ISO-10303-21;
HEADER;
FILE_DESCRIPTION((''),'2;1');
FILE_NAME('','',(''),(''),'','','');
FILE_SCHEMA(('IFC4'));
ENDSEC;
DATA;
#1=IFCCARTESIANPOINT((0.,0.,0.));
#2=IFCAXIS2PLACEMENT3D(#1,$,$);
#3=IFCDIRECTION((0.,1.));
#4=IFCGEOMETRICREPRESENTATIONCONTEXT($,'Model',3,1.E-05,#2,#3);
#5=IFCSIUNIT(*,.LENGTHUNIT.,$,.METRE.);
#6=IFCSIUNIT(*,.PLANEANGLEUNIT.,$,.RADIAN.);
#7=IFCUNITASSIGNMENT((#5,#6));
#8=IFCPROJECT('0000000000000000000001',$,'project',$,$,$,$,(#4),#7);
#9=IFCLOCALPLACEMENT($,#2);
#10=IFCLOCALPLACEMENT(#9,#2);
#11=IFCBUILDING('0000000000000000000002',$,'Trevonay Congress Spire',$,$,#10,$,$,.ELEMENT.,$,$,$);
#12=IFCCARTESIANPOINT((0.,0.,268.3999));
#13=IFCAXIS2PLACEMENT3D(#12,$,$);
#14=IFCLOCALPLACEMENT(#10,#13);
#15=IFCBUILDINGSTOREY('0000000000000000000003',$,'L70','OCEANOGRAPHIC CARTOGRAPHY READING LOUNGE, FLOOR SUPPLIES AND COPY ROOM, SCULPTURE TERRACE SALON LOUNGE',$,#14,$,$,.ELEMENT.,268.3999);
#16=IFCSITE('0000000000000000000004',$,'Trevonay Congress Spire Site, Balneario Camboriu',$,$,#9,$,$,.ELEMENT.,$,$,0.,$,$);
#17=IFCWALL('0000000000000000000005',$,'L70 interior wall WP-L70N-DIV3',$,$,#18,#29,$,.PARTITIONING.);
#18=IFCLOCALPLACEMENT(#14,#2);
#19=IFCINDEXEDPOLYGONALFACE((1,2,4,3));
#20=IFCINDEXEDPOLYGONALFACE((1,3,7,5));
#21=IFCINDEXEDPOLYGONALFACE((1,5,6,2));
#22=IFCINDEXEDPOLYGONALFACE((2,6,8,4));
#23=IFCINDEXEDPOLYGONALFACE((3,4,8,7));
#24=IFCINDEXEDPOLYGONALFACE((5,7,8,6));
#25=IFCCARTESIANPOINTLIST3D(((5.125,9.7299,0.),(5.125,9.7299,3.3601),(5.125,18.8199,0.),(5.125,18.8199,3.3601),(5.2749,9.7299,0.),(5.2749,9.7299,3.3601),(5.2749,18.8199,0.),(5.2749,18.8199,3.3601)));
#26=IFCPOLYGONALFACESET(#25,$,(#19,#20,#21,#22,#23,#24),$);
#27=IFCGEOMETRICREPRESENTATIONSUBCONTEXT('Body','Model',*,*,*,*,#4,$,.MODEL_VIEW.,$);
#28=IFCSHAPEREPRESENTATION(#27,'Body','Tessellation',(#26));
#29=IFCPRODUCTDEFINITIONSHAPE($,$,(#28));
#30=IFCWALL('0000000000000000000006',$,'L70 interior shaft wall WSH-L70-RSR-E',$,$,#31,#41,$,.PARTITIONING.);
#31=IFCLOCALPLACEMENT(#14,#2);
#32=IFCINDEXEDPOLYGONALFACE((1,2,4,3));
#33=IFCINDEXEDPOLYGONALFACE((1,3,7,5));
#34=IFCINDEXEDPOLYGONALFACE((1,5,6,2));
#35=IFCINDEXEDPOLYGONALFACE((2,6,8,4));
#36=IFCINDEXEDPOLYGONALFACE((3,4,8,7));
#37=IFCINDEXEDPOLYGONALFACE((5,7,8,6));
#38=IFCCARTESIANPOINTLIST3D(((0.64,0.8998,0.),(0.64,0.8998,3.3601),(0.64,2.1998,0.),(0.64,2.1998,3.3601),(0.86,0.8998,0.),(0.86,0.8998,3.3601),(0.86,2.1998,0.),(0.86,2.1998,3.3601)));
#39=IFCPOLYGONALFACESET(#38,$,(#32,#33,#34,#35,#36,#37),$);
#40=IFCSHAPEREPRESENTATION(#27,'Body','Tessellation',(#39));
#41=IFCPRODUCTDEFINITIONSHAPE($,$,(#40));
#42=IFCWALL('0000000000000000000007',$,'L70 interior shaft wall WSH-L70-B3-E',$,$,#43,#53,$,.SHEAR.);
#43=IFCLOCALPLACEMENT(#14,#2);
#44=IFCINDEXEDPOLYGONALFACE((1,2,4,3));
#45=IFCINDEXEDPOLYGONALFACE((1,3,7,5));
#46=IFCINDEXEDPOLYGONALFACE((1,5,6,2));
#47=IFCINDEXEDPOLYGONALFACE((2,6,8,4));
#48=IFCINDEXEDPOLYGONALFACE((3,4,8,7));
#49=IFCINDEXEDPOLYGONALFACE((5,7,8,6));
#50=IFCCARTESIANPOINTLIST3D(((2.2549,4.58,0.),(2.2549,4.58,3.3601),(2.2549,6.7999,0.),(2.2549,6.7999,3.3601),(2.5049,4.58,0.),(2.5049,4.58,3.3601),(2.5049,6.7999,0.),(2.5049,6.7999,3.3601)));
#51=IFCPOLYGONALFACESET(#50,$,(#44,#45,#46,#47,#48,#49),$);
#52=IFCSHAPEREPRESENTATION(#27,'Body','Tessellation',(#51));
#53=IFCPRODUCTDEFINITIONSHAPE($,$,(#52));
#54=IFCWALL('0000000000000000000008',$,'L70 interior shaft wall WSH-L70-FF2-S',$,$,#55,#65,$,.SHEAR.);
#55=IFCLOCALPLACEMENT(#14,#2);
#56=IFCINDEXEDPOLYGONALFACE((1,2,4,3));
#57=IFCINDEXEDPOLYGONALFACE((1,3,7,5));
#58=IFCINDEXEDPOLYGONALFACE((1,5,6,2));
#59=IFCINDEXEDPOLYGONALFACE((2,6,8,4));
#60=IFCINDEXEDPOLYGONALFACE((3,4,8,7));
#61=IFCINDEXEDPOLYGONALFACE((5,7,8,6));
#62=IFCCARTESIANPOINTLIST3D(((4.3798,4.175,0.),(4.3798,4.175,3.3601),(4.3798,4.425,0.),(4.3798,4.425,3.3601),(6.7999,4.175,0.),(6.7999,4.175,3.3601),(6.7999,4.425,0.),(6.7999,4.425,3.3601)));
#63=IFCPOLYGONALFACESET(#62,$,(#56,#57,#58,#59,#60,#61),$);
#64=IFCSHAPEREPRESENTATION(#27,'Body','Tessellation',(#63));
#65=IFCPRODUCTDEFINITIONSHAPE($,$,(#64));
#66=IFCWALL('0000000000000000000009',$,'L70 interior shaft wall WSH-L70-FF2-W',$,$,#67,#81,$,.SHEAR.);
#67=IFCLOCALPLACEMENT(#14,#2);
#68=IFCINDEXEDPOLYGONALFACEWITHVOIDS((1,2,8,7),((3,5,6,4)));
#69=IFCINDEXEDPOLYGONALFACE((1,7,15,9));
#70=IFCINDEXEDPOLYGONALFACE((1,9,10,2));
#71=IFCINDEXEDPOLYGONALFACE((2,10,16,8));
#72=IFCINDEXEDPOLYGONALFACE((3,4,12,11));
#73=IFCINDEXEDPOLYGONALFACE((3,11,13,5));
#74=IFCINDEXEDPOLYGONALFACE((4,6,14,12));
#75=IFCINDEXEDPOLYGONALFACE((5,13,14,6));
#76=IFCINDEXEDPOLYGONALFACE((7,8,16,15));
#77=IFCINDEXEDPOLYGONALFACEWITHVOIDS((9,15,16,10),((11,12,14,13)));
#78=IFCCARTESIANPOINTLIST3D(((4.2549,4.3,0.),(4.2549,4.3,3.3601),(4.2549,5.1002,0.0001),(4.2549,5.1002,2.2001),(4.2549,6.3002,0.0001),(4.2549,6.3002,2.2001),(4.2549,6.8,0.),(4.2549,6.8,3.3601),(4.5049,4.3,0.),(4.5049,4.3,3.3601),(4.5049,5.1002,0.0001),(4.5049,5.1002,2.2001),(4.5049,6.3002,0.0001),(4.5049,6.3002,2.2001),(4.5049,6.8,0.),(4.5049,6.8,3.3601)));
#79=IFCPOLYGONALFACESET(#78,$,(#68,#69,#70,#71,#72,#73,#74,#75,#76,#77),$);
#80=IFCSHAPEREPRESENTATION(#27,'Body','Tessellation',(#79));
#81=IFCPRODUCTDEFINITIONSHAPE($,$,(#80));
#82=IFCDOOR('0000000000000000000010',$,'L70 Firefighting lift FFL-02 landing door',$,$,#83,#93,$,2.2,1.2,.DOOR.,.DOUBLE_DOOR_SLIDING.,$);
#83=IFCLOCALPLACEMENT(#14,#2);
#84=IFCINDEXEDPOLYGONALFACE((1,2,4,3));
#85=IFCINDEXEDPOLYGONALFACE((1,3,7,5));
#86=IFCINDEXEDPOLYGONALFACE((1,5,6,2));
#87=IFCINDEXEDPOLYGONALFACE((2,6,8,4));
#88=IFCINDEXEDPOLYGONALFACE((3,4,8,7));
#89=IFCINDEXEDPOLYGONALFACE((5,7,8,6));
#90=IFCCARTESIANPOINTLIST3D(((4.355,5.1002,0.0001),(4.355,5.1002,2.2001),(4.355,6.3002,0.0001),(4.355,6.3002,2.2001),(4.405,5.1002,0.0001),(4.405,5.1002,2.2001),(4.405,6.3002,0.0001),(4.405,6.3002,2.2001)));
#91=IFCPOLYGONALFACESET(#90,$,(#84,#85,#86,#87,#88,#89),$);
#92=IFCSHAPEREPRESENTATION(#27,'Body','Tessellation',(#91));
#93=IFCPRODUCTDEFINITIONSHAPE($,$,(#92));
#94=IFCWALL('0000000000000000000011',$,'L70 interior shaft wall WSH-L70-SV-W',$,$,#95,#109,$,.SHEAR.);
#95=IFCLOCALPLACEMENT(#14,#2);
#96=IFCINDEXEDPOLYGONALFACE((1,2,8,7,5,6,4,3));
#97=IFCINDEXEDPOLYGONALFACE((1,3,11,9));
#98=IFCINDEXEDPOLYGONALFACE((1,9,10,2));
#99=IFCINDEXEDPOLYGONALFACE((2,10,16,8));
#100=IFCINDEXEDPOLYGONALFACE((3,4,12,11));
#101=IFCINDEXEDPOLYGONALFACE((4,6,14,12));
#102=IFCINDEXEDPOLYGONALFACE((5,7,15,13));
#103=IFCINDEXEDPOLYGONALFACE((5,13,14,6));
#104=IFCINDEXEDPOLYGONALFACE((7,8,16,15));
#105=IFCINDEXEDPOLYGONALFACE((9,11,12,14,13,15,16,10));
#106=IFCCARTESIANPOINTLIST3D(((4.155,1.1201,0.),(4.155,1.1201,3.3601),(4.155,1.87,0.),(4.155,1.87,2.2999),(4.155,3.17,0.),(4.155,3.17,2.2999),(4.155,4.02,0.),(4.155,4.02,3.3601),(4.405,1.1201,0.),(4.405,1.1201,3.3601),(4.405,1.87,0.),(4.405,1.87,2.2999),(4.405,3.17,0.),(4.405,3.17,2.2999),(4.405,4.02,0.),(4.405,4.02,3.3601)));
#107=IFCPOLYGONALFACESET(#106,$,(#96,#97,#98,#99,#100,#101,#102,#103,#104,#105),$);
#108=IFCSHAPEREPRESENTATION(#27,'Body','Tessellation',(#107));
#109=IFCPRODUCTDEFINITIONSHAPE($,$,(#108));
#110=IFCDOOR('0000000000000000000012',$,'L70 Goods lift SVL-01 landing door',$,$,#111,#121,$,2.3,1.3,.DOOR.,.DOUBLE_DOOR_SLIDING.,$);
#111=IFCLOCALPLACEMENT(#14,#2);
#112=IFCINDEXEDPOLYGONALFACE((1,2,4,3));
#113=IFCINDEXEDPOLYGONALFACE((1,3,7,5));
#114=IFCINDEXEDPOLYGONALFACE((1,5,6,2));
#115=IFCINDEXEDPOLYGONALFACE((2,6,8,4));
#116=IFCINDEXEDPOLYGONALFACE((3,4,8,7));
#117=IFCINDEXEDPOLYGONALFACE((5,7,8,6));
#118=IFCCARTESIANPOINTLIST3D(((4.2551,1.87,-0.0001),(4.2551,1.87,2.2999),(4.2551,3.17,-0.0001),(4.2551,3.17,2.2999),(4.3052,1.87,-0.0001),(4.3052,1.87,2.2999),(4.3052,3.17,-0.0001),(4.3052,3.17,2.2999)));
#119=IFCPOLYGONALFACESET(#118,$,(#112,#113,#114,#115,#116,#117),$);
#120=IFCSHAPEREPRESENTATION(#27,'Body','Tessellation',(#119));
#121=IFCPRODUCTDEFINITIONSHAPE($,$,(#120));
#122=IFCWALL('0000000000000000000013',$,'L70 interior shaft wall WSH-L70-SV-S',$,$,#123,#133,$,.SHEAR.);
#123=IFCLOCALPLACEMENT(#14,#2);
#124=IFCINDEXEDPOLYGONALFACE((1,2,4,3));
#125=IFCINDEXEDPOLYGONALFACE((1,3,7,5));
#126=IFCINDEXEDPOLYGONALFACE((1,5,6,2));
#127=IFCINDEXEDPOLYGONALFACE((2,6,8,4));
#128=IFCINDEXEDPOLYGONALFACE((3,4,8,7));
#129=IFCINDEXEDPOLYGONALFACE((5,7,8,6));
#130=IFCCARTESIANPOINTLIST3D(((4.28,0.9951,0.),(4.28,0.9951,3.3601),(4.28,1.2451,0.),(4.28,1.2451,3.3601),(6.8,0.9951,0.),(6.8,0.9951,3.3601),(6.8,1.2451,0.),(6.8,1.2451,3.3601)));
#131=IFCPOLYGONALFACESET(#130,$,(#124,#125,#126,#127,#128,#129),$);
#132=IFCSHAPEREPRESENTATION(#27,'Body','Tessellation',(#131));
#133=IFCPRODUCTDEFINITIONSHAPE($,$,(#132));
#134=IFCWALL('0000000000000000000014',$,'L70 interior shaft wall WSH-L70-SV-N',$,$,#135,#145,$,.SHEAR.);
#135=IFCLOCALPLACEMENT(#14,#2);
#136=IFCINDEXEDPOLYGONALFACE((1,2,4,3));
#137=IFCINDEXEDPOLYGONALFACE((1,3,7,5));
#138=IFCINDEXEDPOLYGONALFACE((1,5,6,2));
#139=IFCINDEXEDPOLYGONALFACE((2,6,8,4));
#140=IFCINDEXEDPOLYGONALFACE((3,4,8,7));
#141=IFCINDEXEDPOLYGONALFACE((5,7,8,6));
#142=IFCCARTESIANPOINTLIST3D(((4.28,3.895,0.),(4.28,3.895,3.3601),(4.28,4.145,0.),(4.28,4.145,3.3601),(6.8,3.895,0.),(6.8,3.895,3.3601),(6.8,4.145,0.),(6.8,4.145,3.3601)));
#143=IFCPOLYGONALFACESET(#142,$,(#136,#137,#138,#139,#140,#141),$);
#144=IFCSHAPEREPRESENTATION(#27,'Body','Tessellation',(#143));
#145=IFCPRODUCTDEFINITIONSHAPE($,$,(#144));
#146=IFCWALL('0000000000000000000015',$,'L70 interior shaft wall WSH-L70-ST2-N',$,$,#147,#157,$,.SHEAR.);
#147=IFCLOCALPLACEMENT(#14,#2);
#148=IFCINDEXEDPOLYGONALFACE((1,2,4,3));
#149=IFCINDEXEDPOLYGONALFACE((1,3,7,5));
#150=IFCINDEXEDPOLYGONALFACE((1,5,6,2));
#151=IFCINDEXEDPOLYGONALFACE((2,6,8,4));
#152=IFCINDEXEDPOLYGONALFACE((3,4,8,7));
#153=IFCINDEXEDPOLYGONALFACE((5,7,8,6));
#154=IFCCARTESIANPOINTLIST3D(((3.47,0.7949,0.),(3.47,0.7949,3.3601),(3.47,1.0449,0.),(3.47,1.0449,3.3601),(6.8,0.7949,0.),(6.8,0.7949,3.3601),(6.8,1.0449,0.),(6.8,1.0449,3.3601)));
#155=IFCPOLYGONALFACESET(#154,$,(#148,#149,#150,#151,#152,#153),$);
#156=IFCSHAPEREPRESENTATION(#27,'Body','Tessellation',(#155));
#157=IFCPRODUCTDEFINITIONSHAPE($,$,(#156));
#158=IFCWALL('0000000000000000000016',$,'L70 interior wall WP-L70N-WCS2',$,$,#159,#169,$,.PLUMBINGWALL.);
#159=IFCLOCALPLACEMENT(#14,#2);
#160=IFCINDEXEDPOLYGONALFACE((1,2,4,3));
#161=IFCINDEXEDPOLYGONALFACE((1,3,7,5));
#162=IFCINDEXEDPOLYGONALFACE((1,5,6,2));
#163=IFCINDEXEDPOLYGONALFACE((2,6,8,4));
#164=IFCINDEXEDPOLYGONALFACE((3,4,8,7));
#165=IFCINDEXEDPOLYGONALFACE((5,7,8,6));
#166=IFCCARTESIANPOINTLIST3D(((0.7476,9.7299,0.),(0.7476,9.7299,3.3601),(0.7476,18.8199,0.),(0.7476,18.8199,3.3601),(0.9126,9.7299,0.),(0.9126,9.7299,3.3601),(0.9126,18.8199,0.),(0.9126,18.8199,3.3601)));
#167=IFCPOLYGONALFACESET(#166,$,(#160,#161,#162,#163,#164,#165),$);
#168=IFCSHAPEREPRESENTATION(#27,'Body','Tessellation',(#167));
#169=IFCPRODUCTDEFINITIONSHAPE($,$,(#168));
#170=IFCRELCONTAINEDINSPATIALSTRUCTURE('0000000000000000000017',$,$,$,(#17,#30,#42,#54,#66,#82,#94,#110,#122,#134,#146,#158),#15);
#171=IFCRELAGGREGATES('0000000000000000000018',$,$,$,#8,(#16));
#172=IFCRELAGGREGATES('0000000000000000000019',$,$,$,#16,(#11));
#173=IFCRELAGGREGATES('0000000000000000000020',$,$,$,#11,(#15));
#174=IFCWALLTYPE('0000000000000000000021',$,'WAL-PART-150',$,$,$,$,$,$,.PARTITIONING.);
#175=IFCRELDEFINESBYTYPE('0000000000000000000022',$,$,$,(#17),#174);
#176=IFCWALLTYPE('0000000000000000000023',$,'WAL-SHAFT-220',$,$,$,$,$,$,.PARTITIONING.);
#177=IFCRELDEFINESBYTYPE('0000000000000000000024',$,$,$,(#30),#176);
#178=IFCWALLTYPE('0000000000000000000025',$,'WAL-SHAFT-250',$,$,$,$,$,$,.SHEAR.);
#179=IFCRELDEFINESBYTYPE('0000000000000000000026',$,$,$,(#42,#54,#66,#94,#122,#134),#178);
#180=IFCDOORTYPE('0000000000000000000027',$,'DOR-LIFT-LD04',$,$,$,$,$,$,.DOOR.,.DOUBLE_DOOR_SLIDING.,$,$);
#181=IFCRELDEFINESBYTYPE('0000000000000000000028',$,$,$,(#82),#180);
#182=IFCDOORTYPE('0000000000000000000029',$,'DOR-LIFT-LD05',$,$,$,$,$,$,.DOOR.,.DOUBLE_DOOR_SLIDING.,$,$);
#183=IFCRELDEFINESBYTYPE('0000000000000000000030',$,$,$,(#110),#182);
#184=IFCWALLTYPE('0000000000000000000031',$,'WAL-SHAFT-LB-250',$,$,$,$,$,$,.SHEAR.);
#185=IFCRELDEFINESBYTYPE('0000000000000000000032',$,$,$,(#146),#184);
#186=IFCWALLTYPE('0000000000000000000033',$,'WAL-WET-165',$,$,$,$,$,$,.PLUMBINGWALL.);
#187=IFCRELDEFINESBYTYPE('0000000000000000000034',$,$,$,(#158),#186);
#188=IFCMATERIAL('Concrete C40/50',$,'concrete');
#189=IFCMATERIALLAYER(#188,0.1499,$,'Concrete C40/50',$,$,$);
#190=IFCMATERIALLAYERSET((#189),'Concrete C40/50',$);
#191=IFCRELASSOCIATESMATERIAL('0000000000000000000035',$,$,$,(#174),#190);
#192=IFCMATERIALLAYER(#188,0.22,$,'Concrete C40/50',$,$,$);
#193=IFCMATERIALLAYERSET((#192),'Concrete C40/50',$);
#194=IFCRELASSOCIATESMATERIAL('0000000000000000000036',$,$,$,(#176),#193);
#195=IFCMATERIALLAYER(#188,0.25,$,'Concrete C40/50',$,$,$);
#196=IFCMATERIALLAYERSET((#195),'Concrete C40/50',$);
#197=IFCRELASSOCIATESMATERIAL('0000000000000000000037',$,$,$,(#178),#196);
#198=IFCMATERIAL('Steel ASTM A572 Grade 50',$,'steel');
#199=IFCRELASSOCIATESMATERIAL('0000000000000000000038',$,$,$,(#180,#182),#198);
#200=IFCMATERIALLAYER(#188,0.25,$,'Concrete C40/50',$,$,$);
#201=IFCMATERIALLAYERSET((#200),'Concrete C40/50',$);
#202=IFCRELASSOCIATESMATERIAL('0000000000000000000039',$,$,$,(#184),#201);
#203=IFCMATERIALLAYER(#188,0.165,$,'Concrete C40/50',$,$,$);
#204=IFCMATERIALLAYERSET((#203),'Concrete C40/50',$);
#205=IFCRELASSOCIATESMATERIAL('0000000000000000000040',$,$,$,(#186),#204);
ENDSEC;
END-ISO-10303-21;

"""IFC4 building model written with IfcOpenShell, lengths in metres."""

from ifc_helpers import new_model, si_unit, direction, frame, frame_2d, origin, place, context, subcontext, project, spatial, rectangle, extrude, material, layer, layer_set, type_object, element, fill, save


model = new_model("IFC4")

# Units and contexts
model_context = context("Model", 3, precision=1e-05, world=origin(), true_north=direction((0.0, 1.0)))
body_context = subcontext(model_context, "Body", "Model", "MODEL_VIEW")
ifc_project = project(units=[si_unit("LENGTHUNIT", "METRE"), si_unit("PLANEANGLEUNIT", "RADIAN")], contexts=[model_context])

# Site, building, storey
site_placement = place(None, origin())
site = spatial("IfcSite", under=ifc_project, at=site_placement, Name="Trevonay Congress Spire Site, Balneario Camboriu", CompositionType="ELEMENT", RefElevation=0.0)
building_placement = place(site_placement, origin())
building = spatial("IfcBuilding", under=site, at=building_placement, Name="Trevonay Congress Spire", CompositionType="ELEMENT")
storey_placement = place(building_placement, frame((0.0, 0.0, 268.3999)))
storey = spatial("IfcBuildingStorey", under=building, at=storey_placement, Name="L70", Description="OCEANOGRAPHIC CARTOGRAPHY READING LOUNGE, FLOOR SUPPLIES AND COPY ROOM, SCULPTURE TERRACE SALON LOUNGE", CompositionType="ELEMENT", Elevation=268.3999)

# Shared definitions
ifc_material_1 = material(Name="Steel ASTM A572 Grade 50", Category="steel")

# Walls
ifc_material_2 = material(Name="Concrete C40/50", Category="concrete")
ifc_layer_1 = layer(ifc_material_2, 0.1499, Name="Concrete C40/50")
ifc_layer_set_1 = layer_set([ifc_layer_1], Name="Concrete C40/50")
wall_type_1 = type_object("IfcWallType", Name="WAL-PART-150", PredefinedType="PARTITIONING", material=ifc_layer_set_1)
wall_1_placement = place(storey_placement, frame((5.2, 9.73, 0.0), z_axis=(0.0, 0.0, 1.0), x_axis=(0.0, 1.0, 0.0)))
element("IfcWall", 1, at=wall_1_placement, inside=storey, type_object=wall_type_1, Name="L70 interior wall WP-L70N-DIV3", PredefinedType="PARTITIONING", context=body_context, shape_type="SweptSolid", body=[
    extrude(rectangle(XDim=9.0901, YDim=0.1499, at=frame_2d((4.5449, 0.0))), origin(), (0.0, 0.0, 1.0), 3.3601),
])
ifc_layer_2 = layer(ifc_material_2, 0.22, Name="Concrete C40/50")
ifc_layer_set_2 = layer_set([ifc_layer_2], Name="Concrete C40/50")
wall_type_2 = type_object("IfcWallType", Name="WAL-SHAFT-220", PredefinedType="PARTITIONING", material=ifc_layer_set_2)
wall_2_placement = place(storey_placement, frame((0.75, 0.8999, 0.0), z_axis=(0.0, 0.0, 1.0), x_axis=(0.0, 1.0, 0.0)))
element("IfcWall", 2, at=wall_2_placement, inside=storey, type_object=wall_type_2, Name="L70 interior shaft wall WSH-L70-RSR-E", PredefinedType="PARTITIONING", context=body_context, shape_type="SweptSolid", body=[
    extrude(rectangle(XDim=1.3, YDim=0.22, at=frame_2d((0.6499, 0.0))), origin(), (0.0, 0.0, 1.0), 3.3601),
])
ifc_layer_3 = layer(ifc_material_2, 0.25, Name="Concrete C40/50")
ifc_layer_set_3 = layer_set([ifc_layer_3], Name="Concrete C40/50")
wall_type_3 = type_object("IfcWallType", Name="WAL-SHAFT-250", PredefinedType="SHEAR", material=ifc_layer_set_3)
wall_3_placement = place(storey_placement, frame((2.3799, 4.5801, 0.0), z_axis=(0.0, 0.0, 1.0), x_axis=(0.0, 1.0, 0.0)))
element("IfcWall", 3, at=wall_3_placement, inside=storey, type_object=wall_type_3, Name="L70 interior shaft wall WSH-L70-B3-E", PredefinedType="SHEAR", context=body_context, shape_type="SweptSolid", body=[
    extrude(rectangle(XDim=2.22, YDim=0.25, at=frame_2d((1.1099, 0.0))), origin(), (0.0, 0.0, 1.0), 3.3601),
])
wall_4_placement = place(storey_placement, frame((4.3799, 4.3, 0.0), z_axis=(0.0, 0.0, 1.0), x_axis=(1.0, 0.0, 0.0)))
element("IfcWall", 4, at=wall_4_placement, inside=storey, type_object=wall_type_3, Name="L70 interior shaft wall WSH-L70-FF2-S", PredefinedType="SHEAR", context=body_context, shape_type="SweptSolid", body=[
    extrude(rectangle(XDim=2.4202, YDim=0.25, at=frame_2d((1.21, 0.0))), origin(), (0.0, 0.0, 1.0), 3.3601),
])

# Walls, openings, doors
wall_5_placement = place(storey_placement, frame((4.3799, 4.3, 0.0), z_axis=(0.0, 0.0, 1.0), x_axis=(0.0, 1.0, 0.0)))
wall_5 = element("IfcWall", 5, at=wall_5_placement, inside=storey, type_object=wall_type_3, Name="L70 interior shaft wall WSH-L70-FF2-W", PredefinedType="SHEAR", context=body_context, shape_type="SweptSolid", body=[
    extrude(rectangle(XDim=2.5, YDim=0.25, at=frame_2d((1.25, 0.0))), origin(), (0.0, 0.0, 1.0), 3.3601),
])
opening_1_placement = place(wall_5_placement, frame((0.8, 0.0, 0.0)))
opening_1 = element("IfcOpeningElement", 6, at=opening_1_placement, cuts=wall_5, PredefinedType="OPENING", context=body_context, shape_type="SweptSolid", body=[
    extrude(rectangle(XDim=1.2, YDim=2.2, at=frame_2d((0.6001, 1.1001))), frame((0.0, 0.135, 0.0), z_axis=(0.0, -1.0, 0.0), x_axis=(1.0, 0.0, 0.0)), (0.0, 0.0, 1.0), 0.27),
])
door_type_1 = type_object("IfcDoorType", Name="DOR-LIFT-LD04", OperationType="DOUBLE_DOOR_SLIDING", PredefinedType="DOOR", material=ifc_material_1)
door_1_placement = place(opening_1_placement, origin())
door_1 = element("IfcDoor", 7, at=door_1_placement, inside=storey, type_object=door_type_1, Name="L70 Firefighting lift FFL-02 landing door", OperationType="DOUBLE_DOOR_SLIDING", OverallHeight=2.2, OverallWidth=1.2, PredefinedType="DOOR", context=body_context, shape_type="SweptSolid", body=[
    extrude(rectangle(XDim=1.2, YDim=2.2, at=frame_2d((0.6001, 1.1001))), frame((0.0, 0.0249, 0.0), z_axis=(0.0, -1.0, 0.0), x_axis=(1.0, 0.0, 0.0)), (0.0, 0.0, 1.0), 0.05),
])
fill(opening_1, door_1)
wall_6_placement = place(storey_placement, frame((4.28, 1.1201, 0.0), z_axis=(0.0, 0.0, 1.0), x_axis=(0.0, 1.0, 0.0)))
wall_6 = element("IfcWall", 8, at=wall_6_placement, inside=storey, type_object=wall_type_3, Name="L70 interior shaft wall WSH-L70-SV-W", PredefinedType="SHEAR", context=body_context, shape_type="SweptSolid", body=[
    extrude(rectangle(XDim=2.8999, YDim=0.25, at=frame_2d((1.45, 0.0))), origin(), (0.0, 0.0, 1.0), 3.3601),
])
opening_2_placement = place(wall_6_placement, frame((0.75, 0.0, 0.0)))
opening_2 = element("IfcOpeningElement", 9, at=opening_2_placement, cuts=wall_6, PredefinedType="OPENING", context=body_context, shape_type="SweptSolid", body=[
    extrude(rectangle(XDim=1.3, YDim=2.3, at=frame_2d((0.6499, 1.1499))), frame((0.0, 0.135, 0.0), z_axis=(0.0, -1.0, 0.0), x_axis=(1.0, 0.0, 0.0)), (0.0, 0.0, 1.0), 0.27),
])
door_type_2 = type_object("IfcDoorType", Name="DOR-LIFT-LD05", OperationType="DOUBLE_DOOR_SLIDING", PredefinedType="DOOR", material=ifc_material_1)
door_2_placement = place(opening_2_placement, origin())
door_2 = element("IfcDoor", 10, at=door_2_placement, inside=storey, type_object=door_type_2, Name="L70 Goods lift SVL-01 landing door", OperationType="DOUBLE_DOOR_SLIDING", OverallHeight=2.3, OverallWidth=1.3, PredefinedType="DOOR", context=body_context, shape_type="SweptSolid", body=[
    extrude(rectangle(XDim=1.3, YDim=2.3, at=frame_2d((0.6499, 1.1499))), frame((0.0, 0.0249, 0.0), z_axis=(0.0, -1.0, 0.0), x_axis=(1.0, 0.0, 0.0)), (0.0, 0.0, 1.0), 0.05),
])
fill(opening_2, door_2)

# Walls
for number, where, z_axis, x_axis, name in (
    (11, (4.28, 1.1201, 0.0), (0.0, 0.0, 1.0), (1.0, 0.0, 0.0), "L70 interior shaft wall WSH-L70-SV-S"),
    (12, (4.28, 4.02, 0.0), (0.0, 0.0, 1.0), (1.0, 0.0, 0.0), "L70 interior shaft wall WSH-L70-SV-N"),
):
    element("IfcWall", number, at=place(storey_placement, frame(where, z_axis=z_axis, x_axis=x_axis)), inside=storey, type_object=wall_type_3, Name=name, PredefinedType="SHEAR", context=body_context, shape_type="SweptSolid", body=[
        extrude(rectangle(XDim=2.52, YDim=0.25, at=frame_2d((1.26, 0.0))), origin(), (0.0, 0.0, 1.0), 3.3601),
    ])
ifc_layer_4 = layer(ifc_material_2, 0.25, Name="Concrete C40/50")
ifc_layer_set_4 = layer_set([ifc_layer_4], Name="Concrete C40/50")
wall_type_4 = type_object("IfcWallType", Name="WAL-SHAFT-LB-250", PredefinedType="SHEAR", material=ifc_layer_set_4)
wall_7_placement = place(storey_placement, frame((3.47, 0.9199, 0.0), z_axis=(0.0, 0.0, 1.0), x_axis=(1.0, 0.0, 0.0)))
element("IfcWall", 13, at=wall_7_placement, inside=storey, type_object=wall_type_4, Name="L70 interior shaft wall WSH-L70-ST2-N", PredefinedType="SHEAR", context=body_context, shape_type="SweptSolid", body=[
    extrude(rectangle(XDim=3.3301, YDim=0.25, at=frame_2d((1.665, 0.0))), origin(), (0.0, 0.0, 1.0), 3.3601),
])
ifc_layer_5 = layer(ifc_material_2, 0.165, Name="Concrete C40/50")
ifc_layer_set_5 = layer_set([ifc_layer_5], Name="Concrete C40/50")
wall_type_5 = type_object("IfcWallType", Name="WAL-WET-165", PredefinedType="PLUMBINGWALL", material=ifc_layer_set_5)
wall_8_placement = place(storey_placement, frame((0.8301, 9.73, 0.0), z_axis=(0.0, 0.0, 1.0), x_axis=(0.0, 1.0, 0.0)))
element("IfcWall", 14, at=wall_8_placement, inside=storey, type_object=wall_type_5, Name="L70 interior wall WP-L70N-WCS2", PredefinedType="PLUMBINGWALL", context=body_context, shape_type="SweptSolid", body=[
    extrude(rectangle(XDim=9.0901, YDim=0.165, at=frame_2d((4.5449, 0.0))), origin(), (0.0, 0.0, 1.0), 3.3601),
])

save(model, "model.ifc")
